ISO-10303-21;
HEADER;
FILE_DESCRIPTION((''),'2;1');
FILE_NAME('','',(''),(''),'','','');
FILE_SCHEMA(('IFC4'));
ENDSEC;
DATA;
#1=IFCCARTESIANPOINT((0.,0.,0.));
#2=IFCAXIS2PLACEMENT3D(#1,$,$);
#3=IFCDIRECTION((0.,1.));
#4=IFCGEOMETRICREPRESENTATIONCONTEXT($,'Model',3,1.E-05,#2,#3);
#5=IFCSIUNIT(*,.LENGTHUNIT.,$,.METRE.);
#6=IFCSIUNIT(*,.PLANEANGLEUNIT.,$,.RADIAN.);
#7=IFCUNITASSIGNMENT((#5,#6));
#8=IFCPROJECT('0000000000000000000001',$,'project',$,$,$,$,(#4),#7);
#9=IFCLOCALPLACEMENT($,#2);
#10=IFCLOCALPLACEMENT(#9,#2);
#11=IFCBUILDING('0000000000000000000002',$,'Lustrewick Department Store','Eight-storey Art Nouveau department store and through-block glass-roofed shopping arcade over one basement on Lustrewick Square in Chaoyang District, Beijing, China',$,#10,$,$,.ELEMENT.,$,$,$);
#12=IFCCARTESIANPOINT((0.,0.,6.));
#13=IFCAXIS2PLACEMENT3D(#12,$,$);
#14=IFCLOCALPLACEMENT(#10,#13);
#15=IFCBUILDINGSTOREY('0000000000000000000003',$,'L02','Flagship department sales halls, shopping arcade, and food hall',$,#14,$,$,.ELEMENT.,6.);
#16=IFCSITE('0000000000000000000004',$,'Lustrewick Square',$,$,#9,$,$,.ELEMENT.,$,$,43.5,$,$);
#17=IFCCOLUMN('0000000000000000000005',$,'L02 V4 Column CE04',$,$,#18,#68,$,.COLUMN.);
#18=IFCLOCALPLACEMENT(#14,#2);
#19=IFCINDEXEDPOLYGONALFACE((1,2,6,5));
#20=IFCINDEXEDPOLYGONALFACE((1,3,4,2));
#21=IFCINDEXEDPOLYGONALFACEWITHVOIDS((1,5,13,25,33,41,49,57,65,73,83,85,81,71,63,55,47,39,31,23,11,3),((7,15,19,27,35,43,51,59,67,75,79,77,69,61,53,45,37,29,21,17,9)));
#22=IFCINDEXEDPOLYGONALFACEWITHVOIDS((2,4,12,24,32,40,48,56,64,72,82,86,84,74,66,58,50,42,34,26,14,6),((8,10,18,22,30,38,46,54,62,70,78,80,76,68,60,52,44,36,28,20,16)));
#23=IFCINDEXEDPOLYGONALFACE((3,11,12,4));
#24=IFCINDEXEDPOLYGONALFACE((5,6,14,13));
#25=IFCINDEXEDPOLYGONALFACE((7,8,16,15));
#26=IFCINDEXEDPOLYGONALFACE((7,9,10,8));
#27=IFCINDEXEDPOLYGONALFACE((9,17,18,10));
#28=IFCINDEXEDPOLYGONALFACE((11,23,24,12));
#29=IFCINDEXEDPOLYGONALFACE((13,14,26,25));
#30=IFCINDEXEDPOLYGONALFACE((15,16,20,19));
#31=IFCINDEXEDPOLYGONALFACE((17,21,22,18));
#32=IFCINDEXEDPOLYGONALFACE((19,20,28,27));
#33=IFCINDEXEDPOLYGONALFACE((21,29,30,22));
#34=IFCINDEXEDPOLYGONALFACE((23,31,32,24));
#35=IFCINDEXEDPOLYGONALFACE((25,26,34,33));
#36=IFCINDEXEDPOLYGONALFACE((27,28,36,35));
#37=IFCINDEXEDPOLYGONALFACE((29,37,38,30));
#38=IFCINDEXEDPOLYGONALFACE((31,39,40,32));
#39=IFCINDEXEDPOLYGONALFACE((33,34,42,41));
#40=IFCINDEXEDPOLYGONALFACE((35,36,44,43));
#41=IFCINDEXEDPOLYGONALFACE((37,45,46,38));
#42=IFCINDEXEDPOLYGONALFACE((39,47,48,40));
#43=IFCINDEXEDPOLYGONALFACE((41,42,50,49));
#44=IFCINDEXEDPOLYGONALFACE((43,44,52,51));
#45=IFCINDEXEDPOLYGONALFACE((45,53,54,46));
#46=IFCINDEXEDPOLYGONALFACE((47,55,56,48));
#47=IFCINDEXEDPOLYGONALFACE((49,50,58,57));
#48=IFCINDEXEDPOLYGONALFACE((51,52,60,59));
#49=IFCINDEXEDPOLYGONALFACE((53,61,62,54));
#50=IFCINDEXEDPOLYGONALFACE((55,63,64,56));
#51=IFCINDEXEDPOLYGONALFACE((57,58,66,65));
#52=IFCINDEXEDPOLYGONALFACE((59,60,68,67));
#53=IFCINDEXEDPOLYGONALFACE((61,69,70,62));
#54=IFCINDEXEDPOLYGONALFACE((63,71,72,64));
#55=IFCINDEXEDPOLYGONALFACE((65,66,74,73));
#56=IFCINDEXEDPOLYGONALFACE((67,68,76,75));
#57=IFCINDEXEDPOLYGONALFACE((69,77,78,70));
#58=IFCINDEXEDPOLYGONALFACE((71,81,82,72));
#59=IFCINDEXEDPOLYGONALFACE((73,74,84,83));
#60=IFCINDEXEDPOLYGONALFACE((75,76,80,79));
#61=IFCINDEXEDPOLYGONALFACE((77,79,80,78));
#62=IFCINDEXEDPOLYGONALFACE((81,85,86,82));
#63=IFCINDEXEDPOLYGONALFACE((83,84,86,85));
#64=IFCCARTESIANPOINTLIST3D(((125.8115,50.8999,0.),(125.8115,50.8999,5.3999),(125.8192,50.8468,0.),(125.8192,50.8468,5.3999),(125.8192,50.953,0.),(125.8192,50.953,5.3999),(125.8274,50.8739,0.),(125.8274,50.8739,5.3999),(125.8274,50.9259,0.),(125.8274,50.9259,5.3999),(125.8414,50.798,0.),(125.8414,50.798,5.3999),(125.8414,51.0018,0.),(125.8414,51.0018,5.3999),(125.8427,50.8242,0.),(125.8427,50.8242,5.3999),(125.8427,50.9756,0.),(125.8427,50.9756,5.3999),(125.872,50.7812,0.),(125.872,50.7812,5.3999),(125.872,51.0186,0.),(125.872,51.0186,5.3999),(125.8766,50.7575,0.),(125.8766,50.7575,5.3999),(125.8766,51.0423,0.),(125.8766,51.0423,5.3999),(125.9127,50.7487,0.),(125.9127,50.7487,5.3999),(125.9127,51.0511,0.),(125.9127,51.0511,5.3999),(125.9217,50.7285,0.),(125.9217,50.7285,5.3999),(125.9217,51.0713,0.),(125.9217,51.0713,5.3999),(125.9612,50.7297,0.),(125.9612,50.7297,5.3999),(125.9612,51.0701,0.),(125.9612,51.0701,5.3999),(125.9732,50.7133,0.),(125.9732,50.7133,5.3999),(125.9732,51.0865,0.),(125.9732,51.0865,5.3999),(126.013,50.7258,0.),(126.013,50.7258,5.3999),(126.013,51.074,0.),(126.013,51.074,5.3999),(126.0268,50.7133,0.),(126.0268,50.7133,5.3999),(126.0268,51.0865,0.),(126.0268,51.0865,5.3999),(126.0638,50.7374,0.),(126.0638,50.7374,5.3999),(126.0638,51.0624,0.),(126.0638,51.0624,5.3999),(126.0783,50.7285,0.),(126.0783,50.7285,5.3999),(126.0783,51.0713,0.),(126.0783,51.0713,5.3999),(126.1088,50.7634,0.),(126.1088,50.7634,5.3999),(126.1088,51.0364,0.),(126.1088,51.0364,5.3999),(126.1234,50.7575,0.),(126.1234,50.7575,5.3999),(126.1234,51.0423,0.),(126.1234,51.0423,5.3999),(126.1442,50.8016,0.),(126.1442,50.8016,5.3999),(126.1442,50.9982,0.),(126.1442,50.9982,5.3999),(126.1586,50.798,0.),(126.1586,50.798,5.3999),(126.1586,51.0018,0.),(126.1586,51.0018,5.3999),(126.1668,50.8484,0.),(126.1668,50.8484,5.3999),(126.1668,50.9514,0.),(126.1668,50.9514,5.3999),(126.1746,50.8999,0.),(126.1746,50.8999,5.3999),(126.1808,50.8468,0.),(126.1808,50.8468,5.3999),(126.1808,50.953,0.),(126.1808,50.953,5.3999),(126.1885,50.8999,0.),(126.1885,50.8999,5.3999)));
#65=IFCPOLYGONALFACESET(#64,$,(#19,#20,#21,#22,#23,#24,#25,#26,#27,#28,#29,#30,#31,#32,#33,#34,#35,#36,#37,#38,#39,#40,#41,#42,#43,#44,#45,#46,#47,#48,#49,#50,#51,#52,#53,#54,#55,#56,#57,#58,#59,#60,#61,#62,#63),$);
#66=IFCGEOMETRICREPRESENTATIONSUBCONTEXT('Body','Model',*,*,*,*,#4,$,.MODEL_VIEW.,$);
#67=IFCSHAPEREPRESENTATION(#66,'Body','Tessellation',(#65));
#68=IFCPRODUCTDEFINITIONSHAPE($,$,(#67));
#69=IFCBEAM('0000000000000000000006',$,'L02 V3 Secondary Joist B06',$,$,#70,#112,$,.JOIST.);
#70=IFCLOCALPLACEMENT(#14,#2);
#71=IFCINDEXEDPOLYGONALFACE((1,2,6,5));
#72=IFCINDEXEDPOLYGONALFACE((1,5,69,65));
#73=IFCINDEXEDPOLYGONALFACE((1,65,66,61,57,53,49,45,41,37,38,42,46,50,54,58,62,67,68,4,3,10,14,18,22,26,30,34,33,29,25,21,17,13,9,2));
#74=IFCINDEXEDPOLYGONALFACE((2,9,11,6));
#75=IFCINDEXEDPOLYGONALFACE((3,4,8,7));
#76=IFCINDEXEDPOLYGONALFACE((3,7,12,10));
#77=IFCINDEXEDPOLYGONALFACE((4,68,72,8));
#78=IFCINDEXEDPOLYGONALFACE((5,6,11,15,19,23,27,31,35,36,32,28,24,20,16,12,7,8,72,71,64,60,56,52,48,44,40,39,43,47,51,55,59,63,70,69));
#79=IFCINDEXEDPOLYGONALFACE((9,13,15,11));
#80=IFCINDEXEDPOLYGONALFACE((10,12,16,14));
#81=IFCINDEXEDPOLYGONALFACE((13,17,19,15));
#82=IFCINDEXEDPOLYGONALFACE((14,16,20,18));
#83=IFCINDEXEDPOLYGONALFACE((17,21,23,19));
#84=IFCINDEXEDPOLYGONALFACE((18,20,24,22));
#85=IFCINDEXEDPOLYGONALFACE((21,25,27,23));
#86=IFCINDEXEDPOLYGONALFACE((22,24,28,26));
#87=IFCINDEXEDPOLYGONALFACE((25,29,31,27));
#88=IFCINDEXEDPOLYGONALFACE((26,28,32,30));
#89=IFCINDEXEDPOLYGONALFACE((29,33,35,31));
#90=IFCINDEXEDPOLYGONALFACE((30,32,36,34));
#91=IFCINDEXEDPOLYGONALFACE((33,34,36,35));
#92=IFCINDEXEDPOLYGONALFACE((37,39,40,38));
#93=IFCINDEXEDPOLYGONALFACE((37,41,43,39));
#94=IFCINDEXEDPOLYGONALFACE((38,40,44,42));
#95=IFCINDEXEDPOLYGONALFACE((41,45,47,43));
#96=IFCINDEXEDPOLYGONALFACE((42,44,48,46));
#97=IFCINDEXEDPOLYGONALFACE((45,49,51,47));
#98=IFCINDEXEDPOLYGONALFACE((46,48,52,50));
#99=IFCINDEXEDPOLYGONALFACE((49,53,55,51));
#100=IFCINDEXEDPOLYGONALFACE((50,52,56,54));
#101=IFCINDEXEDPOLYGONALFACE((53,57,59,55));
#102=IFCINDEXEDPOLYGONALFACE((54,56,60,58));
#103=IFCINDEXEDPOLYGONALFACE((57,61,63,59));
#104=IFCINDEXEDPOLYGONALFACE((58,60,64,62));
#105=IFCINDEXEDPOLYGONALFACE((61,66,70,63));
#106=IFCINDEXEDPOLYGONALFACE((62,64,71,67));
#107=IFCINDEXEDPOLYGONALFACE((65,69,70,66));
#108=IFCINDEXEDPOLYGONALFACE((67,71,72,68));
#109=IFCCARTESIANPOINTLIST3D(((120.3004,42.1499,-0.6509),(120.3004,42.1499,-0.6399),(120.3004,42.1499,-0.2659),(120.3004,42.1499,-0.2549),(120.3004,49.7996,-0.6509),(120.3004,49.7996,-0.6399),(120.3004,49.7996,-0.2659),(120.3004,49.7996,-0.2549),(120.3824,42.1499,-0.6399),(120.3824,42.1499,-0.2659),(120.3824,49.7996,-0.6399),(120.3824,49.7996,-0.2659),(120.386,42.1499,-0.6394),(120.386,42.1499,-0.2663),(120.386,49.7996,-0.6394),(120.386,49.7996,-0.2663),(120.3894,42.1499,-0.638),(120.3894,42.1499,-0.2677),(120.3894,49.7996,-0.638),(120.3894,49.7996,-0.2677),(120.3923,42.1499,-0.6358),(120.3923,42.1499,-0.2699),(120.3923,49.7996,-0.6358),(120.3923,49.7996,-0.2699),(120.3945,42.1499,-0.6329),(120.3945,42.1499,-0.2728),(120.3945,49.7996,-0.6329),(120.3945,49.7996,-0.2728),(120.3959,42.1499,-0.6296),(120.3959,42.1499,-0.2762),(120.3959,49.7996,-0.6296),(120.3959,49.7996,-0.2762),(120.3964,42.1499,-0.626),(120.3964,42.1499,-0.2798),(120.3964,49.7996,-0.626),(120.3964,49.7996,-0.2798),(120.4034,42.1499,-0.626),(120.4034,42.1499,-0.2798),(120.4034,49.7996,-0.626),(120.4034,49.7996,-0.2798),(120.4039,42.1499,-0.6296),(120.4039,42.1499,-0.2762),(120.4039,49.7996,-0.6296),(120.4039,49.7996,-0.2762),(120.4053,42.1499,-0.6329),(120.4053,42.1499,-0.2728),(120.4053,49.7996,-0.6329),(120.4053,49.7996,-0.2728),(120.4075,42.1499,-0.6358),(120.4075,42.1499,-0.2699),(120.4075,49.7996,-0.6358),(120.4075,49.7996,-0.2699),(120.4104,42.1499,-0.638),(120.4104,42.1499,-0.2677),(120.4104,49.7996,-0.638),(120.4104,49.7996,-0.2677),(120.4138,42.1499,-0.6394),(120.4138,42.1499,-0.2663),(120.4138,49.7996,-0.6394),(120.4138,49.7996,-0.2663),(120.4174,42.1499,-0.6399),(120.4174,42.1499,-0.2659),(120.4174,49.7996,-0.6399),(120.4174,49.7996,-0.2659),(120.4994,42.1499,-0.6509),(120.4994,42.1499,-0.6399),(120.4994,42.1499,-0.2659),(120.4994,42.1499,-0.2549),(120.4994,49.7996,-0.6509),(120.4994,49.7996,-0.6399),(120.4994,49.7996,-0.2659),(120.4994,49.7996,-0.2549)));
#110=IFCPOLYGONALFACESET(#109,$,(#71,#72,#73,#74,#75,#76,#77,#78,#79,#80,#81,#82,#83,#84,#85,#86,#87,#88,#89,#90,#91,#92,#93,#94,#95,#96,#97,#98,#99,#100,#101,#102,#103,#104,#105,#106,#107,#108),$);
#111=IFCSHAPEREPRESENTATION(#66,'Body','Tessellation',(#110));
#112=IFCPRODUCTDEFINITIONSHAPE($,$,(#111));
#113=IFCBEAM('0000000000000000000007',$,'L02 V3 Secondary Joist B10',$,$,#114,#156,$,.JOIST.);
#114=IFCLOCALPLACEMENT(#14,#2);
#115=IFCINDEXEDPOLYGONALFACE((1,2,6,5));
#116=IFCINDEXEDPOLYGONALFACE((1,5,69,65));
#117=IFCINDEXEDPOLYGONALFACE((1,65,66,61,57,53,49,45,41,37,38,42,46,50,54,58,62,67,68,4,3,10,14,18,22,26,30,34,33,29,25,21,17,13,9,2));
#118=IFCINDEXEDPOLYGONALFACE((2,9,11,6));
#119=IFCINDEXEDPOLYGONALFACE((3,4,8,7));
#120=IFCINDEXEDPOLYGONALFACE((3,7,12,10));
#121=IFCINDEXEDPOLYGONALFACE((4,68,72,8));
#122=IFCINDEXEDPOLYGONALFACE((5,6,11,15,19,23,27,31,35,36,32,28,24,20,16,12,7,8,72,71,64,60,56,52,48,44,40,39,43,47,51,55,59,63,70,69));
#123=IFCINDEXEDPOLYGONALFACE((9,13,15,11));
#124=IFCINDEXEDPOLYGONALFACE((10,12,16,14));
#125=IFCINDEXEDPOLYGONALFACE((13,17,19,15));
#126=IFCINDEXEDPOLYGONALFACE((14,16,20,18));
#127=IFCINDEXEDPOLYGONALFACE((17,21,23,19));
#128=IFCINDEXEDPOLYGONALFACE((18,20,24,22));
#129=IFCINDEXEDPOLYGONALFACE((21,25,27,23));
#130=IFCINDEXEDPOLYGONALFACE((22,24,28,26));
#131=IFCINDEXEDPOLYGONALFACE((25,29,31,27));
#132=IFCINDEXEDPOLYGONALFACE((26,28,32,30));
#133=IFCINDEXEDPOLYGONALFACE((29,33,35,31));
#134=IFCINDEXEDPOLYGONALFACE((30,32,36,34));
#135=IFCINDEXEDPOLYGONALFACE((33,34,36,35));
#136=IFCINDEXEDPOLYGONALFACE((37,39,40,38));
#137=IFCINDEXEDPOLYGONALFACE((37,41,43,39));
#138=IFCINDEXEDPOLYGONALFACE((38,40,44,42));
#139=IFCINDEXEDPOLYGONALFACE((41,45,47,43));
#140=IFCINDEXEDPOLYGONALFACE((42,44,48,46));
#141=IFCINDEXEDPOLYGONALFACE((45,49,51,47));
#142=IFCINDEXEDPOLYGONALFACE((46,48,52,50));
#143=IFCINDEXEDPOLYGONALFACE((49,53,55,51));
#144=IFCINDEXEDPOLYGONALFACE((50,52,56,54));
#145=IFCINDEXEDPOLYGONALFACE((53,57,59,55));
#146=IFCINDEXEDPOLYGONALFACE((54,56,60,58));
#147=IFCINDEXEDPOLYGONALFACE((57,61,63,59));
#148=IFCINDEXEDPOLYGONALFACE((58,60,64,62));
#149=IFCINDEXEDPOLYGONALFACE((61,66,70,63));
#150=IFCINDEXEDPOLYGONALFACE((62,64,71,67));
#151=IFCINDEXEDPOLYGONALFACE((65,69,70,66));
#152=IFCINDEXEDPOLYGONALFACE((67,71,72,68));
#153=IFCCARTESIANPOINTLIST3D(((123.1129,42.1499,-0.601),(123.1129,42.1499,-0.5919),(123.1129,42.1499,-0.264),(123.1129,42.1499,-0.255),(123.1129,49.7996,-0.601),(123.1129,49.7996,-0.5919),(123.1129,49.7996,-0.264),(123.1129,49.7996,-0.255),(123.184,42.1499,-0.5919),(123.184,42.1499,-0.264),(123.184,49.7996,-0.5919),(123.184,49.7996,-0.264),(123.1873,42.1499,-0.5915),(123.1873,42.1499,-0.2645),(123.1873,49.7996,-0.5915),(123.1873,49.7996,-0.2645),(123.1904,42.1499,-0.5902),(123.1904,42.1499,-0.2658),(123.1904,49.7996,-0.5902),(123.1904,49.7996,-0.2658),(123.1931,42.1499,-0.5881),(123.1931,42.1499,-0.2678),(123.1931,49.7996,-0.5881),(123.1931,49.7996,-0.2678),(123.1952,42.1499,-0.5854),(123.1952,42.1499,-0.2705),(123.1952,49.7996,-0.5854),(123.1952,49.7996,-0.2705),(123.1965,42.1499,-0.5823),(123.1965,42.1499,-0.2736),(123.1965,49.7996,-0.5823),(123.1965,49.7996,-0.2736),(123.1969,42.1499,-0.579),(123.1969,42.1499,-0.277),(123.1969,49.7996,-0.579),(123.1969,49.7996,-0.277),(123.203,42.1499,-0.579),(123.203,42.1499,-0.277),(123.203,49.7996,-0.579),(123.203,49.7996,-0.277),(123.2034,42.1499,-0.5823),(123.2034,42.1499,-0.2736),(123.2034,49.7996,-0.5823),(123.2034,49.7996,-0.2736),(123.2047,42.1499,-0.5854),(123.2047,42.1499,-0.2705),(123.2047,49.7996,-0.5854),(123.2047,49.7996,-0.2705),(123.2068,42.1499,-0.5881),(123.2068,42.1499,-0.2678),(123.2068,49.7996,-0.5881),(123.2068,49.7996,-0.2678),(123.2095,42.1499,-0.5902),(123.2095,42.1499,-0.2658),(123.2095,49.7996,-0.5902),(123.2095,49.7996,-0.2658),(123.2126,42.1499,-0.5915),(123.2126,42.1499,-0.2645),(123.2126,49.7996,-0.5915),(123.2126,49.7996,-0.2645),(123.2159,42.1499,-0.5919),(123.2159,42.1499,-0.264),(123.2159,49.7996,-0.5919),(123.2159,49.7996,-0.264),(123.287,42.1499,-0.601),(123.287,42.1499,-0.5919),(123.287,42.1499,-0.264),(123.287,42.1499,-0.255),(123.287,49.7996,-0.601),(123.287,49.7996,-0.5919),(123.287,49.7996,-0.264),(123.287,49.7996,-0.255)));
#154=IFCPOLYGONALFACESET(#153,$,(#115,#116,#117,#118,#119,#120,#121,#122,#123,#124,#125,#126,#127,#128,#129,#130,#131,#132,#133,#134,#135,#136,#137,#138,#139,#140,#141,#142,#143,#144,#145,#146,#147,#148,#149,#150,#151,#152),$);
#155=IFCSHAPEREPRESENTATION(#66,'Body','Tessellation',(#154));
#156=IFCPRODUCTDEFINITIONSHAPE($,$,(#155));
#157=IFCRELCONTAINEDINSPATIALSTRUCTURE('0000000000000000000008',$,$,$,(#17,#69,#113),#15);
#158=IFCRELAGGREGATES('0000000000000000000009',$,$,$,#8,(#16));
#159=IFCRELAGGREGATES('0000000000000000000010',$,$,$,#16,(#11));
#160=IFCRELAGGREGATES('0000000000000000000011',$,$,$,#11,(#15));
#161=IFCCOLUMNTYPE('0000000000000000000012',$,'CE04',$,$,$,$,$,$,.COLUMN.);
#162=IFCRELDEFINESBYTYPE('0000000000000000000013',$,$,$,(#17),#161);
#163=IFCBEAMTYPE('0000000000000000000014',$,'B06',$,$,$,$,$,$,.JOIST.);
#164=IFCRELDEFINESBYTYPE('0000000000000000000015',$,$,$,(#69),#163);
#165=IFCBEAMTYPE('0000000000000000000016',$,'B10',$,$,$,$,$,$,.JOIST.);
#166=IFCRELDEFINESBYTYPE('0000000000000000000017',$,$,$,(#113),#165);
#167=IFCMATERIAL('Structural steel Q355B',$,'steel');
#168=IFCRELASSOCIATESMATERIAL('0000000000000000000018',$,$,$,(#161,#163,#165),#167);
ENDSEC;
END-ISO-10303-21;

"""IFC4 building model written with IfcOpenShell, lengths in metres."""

from ifc_helpers import new_model, si_unit, direction, frame, origin, origin_2d, place, context, subcontext, project, spatial, hollow_circle, i_section, extrude, material, material_profile, profile_set, type_object, element, save


model = new_model("IFC4")

# Units and contexts
model_context = context("Model", 3, precision=1e-05, world=origin(), true_north=direction((0.0, 1.0)))
body_context = subcontext(model_context, "Body", "Model", "MODEL_VIEW")
ifc_project = project(units=[si_unit("LENGTHUNIT", "METRE"), si_unit("PLANEANGLEUNIT", "RADIAN")], contexts=[model_context])

# Site, building, storey
site_placement = place(None, origin())
site = spatial("IfcSite", under=ifc_project, at=site_placement, Name="Lustrewick Square", CompositionType="ELEMENT", RefElevation=43.5)
building_placement = place(site_placement, origin())
building = spatial("IfcBuilding", under=site, at=building_placement, Name="Lustrewick Department Store", Description="Eight-storey Art Nouveau department store and through-block glass-roofed shopping arcade over one basement on Lustrewick Square in Chaoyang District, Beijing, China", CompositionType="ELEMENT")
storey_placement = place(building_placement, frame((0.0, 0.0, 6.0)))
storey = spatial("IfcBuildingStorey", under=building, at=storey_placement, Name="L02", Description="Flagship department sales halls, shopping arcade, and food hall", CompositionType="ELEMENT", Elevation=6.0)

# Column
ifc_material_1 = material(Name="Structural steel Q355B", Category="steel")
ifc_material_profile_1 = material_profile(ifc_material_1, hollow_circle(Radius=0.1885, WallThickness=0.0139, at=origin_2d()), Name="CHS 377x14")
ifc_profile_set_1 = profile_set([ifc_material_profile_1], Name="Structural steel Q355B")
column_type_1 = type_object("IfcColumnType", Name="CE04", PredefinedType="COLUMN", material=ifc_profile_set_1)
for number, where, z_axis, x_axis, name in (
    (1, (126.0, 50.8999, 0.0), (0.0, 0.0, 1.0), (1.0, 0.0, 0.0), "L02 V4 Column CE04"),
):
    element("IfcColumn", number, at=place(storey_placement, frame(where, z_axis=z_axis, x_axis=x_axis)), inside=storey, type_object=column_type_1, Name=name, PredefinedType="COLUMN", context=body_context, shape_type="SweptSolid", body=[
        extrude(hollow_circle(Radius=0.1885, WallThickness=0.0139, at=origin_2d()), origin(), (0.0, 0.0, 1.0), 5.3999),
    ])

# Beams
ifc_material_profile_2 = material_profile(ifc_material_1, i_section(OverallWidth=0.199, OverallDepth=0.396, WebThickness=0.0071, FlangeThickness=0.011, FilletRadius=0.0139, at=origin_2d()), Name="HN 396x199x7x11")
ifc_profile_set_2 = profile_set([ifc_material_profile_2], Name="Structural steel Q355B")
beam_type_1 = type_object("IfcBeamType", Name="B06", PredefinedType="JOIST", material=ifc_profile_set_2)
beam_1_placement = place(storey_placement, frame((120.3999, 42.1499, -0.4529), z_axis=(0.0, 1.0, 0.0), x_axis=(-1.0, 0.0, 0.0)))
element("IfcBeam", 2, at=beam_1_placement, inside=storey, type_object=beam_type_1, Name="L02 V3 Secondary Joist B06", PredefinedType="JOIST", context=body_context, shape_type="SweptSolid", body=[
    extrude(i_section(OverallWidth=0.199, OverallDepth=0.396, WebThickness=0.0071, FlangeThickness=0.011, FilletRadius=0.0139, at=origin_2d()), origin(), (0.0, 0.0, 1.0), 7.6497),
])
ifc_material_profile_3 = material_profile(ifc_material_1, i_section(OverallWidth=0.1741, OverallDepth=0.3459, WebThickness=0.0061, FlangeThickness=0.009, FilletRadius=0.0129, at=origin_2d()), Name="HN 346x174x6x9")
ifc_profile_set_3 = profile_set([ifc_material_profile_3], Name="Structural steel Q355B")
beam_type_2 = type_object("IfcBeamType", Name="B10", PredefinedType="JOIST", material=ifc_profile_set_3)
beam_2_placement = place(storey_placement, frame((123.2, 42.1499, -0.428), z_axis=(0.0, 1.0, 0.0), x_axis=(-1.0, 0.0, 0.0)))
element("IfcBeam", 3, at=beam_2_placement, inside=storey, type_object=beam_type_2, Name="L02 V3 Secondary Joist B10", PredefinedType="JOIST", context=body_context, shape_type="SweptSolid", body=[
    extrude(i_section(OverallWidth=0.1741, OverallDepth=0.3459, WebThickness=0.0061, FlangeThickness=0.009, FilletRadius=0.0129, at=origin_2d()), origin(), (0.0, 0.0, 1.0), 7.6497),
])

save(model, "model.ifc")
